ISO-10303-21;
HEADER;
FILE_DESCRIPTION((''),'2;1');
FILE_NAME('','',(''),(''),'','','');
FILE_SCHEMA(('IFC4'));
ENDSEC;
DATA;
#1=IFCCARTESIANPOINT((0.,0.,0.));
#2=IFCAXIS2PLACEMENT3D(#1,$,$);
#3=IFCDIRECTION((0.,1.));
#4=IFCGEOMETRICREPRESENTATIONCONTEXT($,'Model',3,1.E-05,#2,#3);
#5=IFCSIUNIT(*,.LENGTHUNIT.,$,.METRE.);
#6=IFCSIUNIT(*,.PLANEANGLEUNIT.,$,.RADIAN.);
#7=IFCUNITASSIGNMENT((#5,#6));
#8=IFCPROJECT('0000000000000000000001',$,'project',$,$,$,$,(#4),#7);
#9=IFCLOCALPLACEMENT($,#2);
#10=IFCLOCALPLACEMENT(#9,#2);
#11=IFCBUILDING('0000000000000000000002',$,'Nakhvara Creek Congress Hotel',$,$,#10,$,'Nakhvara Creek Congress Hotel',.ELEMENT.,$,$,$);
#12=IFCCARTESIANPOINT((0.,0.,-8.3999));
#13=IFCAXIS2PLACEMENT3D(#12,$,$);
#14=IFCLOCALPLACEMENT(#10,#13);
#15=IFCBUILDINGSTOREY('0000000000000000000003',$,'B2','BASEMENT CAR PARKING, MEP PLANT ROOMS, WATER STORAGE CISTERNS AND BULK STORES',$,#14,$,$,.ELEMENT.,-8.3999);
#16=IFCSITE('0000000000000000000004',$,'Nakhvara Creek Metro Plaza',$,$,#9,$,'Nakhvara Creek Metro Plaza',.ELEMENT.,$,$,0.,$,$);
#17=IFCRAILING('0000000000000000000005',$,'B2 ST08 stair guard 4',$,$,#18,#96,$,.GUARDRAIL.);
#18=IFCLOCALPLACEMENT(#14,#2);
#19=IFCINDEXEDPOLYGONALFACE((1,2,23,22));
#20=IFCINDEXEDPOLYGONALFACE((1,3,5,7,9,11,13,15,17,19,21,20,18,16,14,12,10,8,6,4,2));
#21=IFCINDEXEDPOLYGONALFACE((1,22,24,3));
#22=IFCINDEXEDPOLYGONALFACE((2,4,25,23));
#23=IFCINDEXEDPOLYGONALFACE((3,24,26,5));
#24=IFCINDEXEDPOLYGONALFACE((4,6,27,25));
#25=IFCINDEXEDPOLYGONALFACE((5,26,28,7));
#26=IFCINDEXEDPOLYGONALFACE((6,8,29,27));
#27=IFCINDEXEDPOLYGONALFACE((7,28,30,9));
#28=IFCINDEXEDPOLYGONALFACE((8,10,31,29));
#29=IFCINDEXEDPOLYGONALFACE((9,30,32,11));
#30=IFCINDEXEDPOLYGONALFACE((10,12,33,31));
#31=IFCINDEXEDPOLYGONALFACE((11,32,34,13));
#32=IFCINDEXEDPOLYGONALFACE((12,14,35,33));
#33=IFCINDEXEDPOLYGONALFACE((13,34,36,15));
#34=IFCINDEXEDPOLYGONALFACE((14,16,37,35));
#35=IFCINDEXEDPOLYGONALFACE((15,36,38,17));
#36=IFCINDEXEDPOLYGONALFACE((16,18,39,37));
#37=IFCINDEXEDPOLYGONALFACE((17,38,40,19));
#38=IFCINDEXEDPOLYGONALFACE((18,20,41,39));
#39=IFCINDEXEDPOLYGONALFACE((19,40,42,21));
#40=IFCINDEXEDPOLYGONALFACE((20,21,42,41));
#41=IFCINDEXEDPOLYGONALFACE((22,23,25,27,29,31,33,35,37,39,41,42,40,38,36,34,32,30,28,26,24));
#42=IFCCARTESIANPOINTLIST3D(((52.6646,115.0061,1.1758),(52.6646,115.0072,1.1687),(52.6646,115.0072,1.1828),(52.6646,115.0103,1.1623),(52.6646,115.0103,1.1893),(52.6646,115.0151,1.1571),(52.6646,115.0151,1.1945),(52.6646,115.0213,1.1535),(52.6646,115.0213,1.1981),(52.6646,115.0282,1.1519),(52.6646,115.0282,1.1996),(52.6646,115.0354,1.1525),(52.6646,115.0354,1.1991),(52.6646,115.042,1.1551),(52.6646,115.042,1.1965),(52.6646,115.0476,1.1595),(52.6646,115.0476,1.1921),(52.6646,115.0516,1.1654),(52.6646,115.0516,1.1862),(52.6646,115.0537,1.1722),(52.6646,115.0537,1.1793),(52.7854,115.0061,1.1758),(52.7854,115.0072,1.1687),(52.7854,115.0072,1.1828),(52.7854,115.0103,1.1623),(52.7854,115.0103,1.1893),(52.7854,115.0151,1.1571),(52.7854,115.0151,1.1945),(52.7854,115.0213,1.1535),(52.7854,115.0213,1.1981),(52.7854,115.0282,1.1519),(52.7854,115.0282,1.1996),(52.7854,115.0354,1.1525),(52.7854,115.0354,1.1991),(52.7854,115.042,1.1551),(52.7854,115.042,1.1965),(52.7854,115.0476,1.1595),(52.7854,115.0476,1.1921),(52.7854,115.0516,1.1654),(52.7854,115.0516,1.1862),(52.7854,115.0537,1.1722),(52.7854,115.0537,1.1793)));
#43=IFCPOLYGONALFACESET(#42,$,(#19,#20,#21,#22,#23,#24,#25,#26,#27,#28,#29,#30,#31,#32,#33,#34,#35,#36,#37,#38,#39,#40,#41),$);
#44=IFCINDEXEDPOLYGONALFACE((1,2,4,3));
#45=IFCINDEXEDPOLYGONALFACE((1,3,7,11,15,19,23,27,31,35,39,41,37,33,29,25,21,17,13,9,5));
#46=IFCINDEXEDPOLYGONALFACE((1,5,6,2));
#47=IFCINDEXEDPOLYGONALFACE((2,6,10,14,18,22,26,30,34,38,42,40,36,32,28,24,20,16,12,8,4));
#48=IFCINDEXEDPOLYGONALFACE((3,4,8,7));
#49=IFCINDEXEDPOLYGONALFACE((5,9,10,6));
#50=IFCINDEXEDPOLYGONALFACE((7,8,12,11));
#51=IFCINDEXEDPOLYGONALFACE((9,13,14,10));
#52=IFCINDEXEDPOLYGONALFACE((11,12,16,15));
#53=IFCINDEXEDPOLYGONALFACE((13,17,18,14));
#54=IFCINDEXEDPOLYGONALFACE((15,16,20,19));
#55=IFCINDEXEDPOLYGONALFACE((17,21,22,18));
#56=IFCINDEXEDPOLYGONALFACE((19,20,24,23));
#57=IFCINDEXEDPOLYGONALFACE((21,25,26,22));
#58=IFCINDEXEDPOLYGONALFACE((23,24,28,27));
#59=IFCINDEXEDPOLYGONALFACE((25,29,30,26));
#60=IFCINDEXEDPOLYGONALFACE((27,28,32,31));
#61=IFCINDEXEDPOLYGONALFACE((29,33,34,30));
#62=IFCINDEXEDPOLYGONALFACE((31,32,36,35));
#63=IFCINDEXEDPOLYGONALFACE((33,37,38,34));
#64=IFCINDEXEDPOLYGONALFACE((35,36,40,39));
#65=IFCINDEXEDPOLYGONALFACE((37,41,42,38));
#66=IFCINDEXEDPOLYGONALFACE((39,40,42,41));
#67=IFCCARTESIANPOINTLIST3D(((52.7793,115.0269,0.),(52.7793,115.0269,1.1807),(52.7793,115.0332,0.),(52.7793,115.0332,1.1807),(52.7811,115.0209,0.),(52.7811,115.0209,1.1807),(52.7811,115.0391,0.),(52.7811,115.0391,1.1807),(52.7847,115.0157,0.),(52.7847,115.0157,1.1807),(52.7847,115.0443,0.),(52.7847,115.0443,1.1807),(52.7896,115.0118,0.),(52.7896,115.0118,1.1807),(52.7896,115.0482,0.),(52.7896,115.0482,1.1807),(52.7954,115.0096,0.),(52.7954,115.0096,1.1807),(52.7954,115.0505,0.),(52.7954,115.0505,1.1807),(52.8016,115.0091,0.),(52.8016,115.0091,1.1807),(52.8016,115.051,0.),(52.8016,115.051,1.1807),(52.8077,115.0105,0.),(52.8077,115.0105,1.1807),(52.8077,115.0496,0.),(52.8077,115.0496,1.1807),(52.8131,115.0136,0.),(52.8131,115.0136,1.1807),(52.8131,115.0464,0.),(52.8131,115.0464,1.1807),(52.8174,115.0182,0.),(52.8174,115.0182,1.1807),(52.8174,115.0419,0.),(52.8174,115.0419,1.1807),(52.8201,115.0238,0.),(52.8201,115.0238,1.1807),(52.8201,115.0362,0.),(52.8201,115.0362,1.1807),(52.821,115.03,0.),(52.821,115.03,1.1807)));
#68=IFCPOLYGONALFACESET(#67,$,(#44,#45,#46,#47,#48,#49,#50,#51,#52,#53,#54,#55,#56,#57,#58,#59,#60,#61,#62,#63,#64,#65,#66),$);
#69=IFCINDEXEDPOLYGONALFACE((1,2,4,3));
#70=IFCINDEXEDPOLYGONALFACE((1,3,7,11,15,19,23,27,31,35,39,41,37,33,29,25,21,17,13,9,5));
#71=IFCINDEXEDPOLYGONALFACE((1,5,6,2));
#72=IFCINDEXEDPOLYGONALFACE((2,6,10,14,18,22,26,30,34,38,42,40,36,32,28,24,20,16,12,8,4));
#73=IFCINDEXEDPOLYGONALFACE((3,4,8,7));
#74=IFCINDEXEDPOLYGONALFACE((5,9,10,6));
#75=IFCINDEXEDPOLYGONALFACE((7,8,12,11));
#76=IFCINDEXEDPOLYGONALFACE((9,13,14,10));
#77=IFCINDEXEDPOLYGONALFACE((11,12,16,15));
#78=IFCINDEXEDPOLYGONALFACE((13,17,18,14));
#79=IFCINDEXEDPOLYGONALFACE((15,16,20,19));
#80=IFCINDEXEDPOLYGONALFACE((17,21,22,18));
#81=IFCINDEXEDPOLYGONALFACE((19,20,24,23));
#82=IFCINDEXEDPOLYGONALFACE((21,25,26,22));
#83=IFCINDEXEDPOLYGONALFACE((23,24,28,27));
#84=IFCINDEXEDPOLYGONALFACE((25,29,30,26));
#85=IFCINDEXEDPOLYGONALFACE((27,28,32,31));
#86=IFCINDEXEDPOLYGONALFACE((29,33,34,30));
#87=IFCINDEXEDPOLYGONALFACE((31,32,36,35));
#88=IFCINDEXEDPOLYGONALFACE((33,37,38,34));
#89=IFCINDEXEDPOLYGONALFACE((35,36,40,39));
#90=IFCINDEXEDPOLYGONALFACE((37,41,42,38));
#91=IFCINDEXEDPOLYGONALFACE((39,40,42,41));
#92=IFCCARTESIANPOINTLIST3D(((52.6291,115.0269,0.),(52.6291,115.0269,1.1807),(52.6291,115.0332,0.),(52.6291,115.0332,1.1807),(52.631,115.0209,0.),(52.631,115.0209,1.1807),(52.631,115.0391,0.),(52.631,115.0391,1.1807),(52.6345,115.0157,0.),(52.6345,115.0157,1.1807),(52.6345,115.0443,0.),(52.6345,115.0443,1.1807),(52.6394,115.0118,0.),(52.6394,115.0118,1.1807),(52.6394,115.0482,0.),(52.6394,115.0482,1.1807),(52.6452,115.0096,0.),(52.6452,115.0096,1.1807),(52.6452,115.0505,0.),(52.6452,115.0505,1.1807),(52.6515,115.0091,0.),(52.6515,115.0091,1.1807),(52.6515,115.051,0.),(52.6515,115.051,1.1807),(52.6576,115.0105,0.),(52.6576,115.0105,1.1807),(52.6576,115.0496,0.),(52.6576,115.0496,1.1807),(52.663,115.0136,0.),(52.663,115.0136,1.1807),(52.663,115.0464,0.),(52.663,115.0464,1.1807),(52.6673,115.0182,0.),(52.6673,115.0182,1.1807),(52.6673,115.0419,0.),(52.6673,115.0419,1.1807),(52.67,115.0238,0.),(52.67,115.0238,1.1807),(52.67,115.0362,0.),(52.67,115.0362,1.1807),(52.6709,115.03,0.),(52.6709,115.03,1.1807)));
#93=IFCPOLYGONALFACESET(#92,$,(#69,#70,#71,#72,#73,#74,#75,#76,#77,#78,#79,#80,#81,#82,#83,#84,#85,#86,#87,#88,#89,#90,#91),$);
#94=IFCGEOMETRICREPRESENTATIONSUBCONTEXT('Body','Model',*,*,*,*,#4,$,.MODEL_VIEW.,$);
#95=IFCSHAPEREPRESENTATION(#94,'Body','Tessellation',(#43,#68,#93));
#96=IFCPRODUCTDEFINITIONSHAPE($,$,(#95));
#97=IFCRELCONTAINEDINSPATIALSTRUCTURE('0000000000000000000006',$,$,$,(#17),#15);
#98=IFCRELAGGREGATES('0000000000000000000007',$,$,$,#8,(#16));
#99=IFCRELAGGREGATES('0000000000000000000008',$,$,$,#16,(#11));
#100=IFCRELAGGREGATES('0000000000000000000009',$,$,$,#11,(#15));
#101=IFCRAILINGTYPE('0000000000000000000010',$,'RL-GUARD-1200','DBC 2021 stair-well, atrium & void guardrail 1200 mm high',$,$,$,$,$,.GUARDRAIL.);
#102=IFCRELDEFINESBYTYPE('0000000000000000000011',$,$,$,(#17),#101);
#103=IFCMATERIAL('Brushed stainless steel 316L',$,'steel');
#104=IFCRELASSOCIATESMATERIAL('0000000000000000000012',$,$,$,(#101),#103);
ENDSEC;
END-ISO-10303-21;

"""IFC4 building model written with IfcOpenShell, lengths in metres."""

from ifc_helpers import new_model, si_unit, direction, frame, origin, origin_2d, place, context, subcontext, project, spatial, circle, extrude, material, type_object, element, save


model = new_model("IFC4")

# Units and contexts
model_context = context("Model", 3, precision=1e-05, world=origin(), true_north=direction((0.0, 1.0)))
body_context = subcontext(model_context, "Body", "Model", "MODEL_VIEW")
ifc_project = project(units=[si_unit("LENGTHUNIT", "METRE"), si_unit("PLANEANGLEUNIT", "RADIAN")], contexts=[model_context])

# Site, building, storey
site_placement = place(None, origin())
site = spatial("IfcSite", under=ifc_project, at=site_placement, Name="Nakhvara Creek Metro Plaza", LongName="Nakhvara Creek Metro Plaza", CompositionType="ELEMENT", RefElevation=0.0)
building_placement = place(site_placement, origin())
building = spatial("IfcBuilding", under=site, at=building_placement, Name="Nakhvara Creek Congress Hotel", LongName="Nakhvara Creek Congress Hotel", CompositionType="ELEMENT")
storey_placement = place(building_placement, frame((0.0, 0.0, -8.3999)))
storey = spatial("IfcBuildingStorey", under=building, at=storey_placement, Name="B2", Description="BASEMENT CAR PARKING, MEP PLANT ROOMS, WATER STORAGE CISTERNS AND BULK STORES", CompositionType="ELEMENT", Elevation=-8.3999)

# Railing
ifc_material_1 = material(Name="Brushed stainless steel 316L", Category="steel")
railing_type_1 = type_object("IfcRailingType", Name="RL-GUARD-1200", Description="DBC 2021 stair-well, atrium & void guardrail 1200 mm high", PredefinedType="GUARDRAIL", material=ifc_material_1)
railing_1_placement = place(storey_placement, frame((52.8, 115.03, 0.0)))
element("IfcRailing", 1, at=railing_1_placement, inside=storey, type_object=railing_type_1, Name="B2 ST08 stair guard 4", PredefinedType="GUARDRAIL", context=body_context, shape_type="SweptSolid", body=[
    extrude(circle(Radius=0.0239, at=origin_2d()), frame((-0.0146, 0.0, 1.1758), z_axis=(-1.0, 0.0, 0.0), x_axis=(0.0, -1.0, 0.0)), (0.0, 0.0, 1.0), 0.1208),
    extrude(circle(Radius=0.021, at=origin_2d()), origin(), (0.0, 0.0, 1.0), 1.1807),
    extrude(circle(Radius=0.021, at=origin_2d()), frame((-0.1501, 0.0, 0.0)), (0.0, 0.0, 1.0), 1.1807),
])

save(model, "model.ifc")
